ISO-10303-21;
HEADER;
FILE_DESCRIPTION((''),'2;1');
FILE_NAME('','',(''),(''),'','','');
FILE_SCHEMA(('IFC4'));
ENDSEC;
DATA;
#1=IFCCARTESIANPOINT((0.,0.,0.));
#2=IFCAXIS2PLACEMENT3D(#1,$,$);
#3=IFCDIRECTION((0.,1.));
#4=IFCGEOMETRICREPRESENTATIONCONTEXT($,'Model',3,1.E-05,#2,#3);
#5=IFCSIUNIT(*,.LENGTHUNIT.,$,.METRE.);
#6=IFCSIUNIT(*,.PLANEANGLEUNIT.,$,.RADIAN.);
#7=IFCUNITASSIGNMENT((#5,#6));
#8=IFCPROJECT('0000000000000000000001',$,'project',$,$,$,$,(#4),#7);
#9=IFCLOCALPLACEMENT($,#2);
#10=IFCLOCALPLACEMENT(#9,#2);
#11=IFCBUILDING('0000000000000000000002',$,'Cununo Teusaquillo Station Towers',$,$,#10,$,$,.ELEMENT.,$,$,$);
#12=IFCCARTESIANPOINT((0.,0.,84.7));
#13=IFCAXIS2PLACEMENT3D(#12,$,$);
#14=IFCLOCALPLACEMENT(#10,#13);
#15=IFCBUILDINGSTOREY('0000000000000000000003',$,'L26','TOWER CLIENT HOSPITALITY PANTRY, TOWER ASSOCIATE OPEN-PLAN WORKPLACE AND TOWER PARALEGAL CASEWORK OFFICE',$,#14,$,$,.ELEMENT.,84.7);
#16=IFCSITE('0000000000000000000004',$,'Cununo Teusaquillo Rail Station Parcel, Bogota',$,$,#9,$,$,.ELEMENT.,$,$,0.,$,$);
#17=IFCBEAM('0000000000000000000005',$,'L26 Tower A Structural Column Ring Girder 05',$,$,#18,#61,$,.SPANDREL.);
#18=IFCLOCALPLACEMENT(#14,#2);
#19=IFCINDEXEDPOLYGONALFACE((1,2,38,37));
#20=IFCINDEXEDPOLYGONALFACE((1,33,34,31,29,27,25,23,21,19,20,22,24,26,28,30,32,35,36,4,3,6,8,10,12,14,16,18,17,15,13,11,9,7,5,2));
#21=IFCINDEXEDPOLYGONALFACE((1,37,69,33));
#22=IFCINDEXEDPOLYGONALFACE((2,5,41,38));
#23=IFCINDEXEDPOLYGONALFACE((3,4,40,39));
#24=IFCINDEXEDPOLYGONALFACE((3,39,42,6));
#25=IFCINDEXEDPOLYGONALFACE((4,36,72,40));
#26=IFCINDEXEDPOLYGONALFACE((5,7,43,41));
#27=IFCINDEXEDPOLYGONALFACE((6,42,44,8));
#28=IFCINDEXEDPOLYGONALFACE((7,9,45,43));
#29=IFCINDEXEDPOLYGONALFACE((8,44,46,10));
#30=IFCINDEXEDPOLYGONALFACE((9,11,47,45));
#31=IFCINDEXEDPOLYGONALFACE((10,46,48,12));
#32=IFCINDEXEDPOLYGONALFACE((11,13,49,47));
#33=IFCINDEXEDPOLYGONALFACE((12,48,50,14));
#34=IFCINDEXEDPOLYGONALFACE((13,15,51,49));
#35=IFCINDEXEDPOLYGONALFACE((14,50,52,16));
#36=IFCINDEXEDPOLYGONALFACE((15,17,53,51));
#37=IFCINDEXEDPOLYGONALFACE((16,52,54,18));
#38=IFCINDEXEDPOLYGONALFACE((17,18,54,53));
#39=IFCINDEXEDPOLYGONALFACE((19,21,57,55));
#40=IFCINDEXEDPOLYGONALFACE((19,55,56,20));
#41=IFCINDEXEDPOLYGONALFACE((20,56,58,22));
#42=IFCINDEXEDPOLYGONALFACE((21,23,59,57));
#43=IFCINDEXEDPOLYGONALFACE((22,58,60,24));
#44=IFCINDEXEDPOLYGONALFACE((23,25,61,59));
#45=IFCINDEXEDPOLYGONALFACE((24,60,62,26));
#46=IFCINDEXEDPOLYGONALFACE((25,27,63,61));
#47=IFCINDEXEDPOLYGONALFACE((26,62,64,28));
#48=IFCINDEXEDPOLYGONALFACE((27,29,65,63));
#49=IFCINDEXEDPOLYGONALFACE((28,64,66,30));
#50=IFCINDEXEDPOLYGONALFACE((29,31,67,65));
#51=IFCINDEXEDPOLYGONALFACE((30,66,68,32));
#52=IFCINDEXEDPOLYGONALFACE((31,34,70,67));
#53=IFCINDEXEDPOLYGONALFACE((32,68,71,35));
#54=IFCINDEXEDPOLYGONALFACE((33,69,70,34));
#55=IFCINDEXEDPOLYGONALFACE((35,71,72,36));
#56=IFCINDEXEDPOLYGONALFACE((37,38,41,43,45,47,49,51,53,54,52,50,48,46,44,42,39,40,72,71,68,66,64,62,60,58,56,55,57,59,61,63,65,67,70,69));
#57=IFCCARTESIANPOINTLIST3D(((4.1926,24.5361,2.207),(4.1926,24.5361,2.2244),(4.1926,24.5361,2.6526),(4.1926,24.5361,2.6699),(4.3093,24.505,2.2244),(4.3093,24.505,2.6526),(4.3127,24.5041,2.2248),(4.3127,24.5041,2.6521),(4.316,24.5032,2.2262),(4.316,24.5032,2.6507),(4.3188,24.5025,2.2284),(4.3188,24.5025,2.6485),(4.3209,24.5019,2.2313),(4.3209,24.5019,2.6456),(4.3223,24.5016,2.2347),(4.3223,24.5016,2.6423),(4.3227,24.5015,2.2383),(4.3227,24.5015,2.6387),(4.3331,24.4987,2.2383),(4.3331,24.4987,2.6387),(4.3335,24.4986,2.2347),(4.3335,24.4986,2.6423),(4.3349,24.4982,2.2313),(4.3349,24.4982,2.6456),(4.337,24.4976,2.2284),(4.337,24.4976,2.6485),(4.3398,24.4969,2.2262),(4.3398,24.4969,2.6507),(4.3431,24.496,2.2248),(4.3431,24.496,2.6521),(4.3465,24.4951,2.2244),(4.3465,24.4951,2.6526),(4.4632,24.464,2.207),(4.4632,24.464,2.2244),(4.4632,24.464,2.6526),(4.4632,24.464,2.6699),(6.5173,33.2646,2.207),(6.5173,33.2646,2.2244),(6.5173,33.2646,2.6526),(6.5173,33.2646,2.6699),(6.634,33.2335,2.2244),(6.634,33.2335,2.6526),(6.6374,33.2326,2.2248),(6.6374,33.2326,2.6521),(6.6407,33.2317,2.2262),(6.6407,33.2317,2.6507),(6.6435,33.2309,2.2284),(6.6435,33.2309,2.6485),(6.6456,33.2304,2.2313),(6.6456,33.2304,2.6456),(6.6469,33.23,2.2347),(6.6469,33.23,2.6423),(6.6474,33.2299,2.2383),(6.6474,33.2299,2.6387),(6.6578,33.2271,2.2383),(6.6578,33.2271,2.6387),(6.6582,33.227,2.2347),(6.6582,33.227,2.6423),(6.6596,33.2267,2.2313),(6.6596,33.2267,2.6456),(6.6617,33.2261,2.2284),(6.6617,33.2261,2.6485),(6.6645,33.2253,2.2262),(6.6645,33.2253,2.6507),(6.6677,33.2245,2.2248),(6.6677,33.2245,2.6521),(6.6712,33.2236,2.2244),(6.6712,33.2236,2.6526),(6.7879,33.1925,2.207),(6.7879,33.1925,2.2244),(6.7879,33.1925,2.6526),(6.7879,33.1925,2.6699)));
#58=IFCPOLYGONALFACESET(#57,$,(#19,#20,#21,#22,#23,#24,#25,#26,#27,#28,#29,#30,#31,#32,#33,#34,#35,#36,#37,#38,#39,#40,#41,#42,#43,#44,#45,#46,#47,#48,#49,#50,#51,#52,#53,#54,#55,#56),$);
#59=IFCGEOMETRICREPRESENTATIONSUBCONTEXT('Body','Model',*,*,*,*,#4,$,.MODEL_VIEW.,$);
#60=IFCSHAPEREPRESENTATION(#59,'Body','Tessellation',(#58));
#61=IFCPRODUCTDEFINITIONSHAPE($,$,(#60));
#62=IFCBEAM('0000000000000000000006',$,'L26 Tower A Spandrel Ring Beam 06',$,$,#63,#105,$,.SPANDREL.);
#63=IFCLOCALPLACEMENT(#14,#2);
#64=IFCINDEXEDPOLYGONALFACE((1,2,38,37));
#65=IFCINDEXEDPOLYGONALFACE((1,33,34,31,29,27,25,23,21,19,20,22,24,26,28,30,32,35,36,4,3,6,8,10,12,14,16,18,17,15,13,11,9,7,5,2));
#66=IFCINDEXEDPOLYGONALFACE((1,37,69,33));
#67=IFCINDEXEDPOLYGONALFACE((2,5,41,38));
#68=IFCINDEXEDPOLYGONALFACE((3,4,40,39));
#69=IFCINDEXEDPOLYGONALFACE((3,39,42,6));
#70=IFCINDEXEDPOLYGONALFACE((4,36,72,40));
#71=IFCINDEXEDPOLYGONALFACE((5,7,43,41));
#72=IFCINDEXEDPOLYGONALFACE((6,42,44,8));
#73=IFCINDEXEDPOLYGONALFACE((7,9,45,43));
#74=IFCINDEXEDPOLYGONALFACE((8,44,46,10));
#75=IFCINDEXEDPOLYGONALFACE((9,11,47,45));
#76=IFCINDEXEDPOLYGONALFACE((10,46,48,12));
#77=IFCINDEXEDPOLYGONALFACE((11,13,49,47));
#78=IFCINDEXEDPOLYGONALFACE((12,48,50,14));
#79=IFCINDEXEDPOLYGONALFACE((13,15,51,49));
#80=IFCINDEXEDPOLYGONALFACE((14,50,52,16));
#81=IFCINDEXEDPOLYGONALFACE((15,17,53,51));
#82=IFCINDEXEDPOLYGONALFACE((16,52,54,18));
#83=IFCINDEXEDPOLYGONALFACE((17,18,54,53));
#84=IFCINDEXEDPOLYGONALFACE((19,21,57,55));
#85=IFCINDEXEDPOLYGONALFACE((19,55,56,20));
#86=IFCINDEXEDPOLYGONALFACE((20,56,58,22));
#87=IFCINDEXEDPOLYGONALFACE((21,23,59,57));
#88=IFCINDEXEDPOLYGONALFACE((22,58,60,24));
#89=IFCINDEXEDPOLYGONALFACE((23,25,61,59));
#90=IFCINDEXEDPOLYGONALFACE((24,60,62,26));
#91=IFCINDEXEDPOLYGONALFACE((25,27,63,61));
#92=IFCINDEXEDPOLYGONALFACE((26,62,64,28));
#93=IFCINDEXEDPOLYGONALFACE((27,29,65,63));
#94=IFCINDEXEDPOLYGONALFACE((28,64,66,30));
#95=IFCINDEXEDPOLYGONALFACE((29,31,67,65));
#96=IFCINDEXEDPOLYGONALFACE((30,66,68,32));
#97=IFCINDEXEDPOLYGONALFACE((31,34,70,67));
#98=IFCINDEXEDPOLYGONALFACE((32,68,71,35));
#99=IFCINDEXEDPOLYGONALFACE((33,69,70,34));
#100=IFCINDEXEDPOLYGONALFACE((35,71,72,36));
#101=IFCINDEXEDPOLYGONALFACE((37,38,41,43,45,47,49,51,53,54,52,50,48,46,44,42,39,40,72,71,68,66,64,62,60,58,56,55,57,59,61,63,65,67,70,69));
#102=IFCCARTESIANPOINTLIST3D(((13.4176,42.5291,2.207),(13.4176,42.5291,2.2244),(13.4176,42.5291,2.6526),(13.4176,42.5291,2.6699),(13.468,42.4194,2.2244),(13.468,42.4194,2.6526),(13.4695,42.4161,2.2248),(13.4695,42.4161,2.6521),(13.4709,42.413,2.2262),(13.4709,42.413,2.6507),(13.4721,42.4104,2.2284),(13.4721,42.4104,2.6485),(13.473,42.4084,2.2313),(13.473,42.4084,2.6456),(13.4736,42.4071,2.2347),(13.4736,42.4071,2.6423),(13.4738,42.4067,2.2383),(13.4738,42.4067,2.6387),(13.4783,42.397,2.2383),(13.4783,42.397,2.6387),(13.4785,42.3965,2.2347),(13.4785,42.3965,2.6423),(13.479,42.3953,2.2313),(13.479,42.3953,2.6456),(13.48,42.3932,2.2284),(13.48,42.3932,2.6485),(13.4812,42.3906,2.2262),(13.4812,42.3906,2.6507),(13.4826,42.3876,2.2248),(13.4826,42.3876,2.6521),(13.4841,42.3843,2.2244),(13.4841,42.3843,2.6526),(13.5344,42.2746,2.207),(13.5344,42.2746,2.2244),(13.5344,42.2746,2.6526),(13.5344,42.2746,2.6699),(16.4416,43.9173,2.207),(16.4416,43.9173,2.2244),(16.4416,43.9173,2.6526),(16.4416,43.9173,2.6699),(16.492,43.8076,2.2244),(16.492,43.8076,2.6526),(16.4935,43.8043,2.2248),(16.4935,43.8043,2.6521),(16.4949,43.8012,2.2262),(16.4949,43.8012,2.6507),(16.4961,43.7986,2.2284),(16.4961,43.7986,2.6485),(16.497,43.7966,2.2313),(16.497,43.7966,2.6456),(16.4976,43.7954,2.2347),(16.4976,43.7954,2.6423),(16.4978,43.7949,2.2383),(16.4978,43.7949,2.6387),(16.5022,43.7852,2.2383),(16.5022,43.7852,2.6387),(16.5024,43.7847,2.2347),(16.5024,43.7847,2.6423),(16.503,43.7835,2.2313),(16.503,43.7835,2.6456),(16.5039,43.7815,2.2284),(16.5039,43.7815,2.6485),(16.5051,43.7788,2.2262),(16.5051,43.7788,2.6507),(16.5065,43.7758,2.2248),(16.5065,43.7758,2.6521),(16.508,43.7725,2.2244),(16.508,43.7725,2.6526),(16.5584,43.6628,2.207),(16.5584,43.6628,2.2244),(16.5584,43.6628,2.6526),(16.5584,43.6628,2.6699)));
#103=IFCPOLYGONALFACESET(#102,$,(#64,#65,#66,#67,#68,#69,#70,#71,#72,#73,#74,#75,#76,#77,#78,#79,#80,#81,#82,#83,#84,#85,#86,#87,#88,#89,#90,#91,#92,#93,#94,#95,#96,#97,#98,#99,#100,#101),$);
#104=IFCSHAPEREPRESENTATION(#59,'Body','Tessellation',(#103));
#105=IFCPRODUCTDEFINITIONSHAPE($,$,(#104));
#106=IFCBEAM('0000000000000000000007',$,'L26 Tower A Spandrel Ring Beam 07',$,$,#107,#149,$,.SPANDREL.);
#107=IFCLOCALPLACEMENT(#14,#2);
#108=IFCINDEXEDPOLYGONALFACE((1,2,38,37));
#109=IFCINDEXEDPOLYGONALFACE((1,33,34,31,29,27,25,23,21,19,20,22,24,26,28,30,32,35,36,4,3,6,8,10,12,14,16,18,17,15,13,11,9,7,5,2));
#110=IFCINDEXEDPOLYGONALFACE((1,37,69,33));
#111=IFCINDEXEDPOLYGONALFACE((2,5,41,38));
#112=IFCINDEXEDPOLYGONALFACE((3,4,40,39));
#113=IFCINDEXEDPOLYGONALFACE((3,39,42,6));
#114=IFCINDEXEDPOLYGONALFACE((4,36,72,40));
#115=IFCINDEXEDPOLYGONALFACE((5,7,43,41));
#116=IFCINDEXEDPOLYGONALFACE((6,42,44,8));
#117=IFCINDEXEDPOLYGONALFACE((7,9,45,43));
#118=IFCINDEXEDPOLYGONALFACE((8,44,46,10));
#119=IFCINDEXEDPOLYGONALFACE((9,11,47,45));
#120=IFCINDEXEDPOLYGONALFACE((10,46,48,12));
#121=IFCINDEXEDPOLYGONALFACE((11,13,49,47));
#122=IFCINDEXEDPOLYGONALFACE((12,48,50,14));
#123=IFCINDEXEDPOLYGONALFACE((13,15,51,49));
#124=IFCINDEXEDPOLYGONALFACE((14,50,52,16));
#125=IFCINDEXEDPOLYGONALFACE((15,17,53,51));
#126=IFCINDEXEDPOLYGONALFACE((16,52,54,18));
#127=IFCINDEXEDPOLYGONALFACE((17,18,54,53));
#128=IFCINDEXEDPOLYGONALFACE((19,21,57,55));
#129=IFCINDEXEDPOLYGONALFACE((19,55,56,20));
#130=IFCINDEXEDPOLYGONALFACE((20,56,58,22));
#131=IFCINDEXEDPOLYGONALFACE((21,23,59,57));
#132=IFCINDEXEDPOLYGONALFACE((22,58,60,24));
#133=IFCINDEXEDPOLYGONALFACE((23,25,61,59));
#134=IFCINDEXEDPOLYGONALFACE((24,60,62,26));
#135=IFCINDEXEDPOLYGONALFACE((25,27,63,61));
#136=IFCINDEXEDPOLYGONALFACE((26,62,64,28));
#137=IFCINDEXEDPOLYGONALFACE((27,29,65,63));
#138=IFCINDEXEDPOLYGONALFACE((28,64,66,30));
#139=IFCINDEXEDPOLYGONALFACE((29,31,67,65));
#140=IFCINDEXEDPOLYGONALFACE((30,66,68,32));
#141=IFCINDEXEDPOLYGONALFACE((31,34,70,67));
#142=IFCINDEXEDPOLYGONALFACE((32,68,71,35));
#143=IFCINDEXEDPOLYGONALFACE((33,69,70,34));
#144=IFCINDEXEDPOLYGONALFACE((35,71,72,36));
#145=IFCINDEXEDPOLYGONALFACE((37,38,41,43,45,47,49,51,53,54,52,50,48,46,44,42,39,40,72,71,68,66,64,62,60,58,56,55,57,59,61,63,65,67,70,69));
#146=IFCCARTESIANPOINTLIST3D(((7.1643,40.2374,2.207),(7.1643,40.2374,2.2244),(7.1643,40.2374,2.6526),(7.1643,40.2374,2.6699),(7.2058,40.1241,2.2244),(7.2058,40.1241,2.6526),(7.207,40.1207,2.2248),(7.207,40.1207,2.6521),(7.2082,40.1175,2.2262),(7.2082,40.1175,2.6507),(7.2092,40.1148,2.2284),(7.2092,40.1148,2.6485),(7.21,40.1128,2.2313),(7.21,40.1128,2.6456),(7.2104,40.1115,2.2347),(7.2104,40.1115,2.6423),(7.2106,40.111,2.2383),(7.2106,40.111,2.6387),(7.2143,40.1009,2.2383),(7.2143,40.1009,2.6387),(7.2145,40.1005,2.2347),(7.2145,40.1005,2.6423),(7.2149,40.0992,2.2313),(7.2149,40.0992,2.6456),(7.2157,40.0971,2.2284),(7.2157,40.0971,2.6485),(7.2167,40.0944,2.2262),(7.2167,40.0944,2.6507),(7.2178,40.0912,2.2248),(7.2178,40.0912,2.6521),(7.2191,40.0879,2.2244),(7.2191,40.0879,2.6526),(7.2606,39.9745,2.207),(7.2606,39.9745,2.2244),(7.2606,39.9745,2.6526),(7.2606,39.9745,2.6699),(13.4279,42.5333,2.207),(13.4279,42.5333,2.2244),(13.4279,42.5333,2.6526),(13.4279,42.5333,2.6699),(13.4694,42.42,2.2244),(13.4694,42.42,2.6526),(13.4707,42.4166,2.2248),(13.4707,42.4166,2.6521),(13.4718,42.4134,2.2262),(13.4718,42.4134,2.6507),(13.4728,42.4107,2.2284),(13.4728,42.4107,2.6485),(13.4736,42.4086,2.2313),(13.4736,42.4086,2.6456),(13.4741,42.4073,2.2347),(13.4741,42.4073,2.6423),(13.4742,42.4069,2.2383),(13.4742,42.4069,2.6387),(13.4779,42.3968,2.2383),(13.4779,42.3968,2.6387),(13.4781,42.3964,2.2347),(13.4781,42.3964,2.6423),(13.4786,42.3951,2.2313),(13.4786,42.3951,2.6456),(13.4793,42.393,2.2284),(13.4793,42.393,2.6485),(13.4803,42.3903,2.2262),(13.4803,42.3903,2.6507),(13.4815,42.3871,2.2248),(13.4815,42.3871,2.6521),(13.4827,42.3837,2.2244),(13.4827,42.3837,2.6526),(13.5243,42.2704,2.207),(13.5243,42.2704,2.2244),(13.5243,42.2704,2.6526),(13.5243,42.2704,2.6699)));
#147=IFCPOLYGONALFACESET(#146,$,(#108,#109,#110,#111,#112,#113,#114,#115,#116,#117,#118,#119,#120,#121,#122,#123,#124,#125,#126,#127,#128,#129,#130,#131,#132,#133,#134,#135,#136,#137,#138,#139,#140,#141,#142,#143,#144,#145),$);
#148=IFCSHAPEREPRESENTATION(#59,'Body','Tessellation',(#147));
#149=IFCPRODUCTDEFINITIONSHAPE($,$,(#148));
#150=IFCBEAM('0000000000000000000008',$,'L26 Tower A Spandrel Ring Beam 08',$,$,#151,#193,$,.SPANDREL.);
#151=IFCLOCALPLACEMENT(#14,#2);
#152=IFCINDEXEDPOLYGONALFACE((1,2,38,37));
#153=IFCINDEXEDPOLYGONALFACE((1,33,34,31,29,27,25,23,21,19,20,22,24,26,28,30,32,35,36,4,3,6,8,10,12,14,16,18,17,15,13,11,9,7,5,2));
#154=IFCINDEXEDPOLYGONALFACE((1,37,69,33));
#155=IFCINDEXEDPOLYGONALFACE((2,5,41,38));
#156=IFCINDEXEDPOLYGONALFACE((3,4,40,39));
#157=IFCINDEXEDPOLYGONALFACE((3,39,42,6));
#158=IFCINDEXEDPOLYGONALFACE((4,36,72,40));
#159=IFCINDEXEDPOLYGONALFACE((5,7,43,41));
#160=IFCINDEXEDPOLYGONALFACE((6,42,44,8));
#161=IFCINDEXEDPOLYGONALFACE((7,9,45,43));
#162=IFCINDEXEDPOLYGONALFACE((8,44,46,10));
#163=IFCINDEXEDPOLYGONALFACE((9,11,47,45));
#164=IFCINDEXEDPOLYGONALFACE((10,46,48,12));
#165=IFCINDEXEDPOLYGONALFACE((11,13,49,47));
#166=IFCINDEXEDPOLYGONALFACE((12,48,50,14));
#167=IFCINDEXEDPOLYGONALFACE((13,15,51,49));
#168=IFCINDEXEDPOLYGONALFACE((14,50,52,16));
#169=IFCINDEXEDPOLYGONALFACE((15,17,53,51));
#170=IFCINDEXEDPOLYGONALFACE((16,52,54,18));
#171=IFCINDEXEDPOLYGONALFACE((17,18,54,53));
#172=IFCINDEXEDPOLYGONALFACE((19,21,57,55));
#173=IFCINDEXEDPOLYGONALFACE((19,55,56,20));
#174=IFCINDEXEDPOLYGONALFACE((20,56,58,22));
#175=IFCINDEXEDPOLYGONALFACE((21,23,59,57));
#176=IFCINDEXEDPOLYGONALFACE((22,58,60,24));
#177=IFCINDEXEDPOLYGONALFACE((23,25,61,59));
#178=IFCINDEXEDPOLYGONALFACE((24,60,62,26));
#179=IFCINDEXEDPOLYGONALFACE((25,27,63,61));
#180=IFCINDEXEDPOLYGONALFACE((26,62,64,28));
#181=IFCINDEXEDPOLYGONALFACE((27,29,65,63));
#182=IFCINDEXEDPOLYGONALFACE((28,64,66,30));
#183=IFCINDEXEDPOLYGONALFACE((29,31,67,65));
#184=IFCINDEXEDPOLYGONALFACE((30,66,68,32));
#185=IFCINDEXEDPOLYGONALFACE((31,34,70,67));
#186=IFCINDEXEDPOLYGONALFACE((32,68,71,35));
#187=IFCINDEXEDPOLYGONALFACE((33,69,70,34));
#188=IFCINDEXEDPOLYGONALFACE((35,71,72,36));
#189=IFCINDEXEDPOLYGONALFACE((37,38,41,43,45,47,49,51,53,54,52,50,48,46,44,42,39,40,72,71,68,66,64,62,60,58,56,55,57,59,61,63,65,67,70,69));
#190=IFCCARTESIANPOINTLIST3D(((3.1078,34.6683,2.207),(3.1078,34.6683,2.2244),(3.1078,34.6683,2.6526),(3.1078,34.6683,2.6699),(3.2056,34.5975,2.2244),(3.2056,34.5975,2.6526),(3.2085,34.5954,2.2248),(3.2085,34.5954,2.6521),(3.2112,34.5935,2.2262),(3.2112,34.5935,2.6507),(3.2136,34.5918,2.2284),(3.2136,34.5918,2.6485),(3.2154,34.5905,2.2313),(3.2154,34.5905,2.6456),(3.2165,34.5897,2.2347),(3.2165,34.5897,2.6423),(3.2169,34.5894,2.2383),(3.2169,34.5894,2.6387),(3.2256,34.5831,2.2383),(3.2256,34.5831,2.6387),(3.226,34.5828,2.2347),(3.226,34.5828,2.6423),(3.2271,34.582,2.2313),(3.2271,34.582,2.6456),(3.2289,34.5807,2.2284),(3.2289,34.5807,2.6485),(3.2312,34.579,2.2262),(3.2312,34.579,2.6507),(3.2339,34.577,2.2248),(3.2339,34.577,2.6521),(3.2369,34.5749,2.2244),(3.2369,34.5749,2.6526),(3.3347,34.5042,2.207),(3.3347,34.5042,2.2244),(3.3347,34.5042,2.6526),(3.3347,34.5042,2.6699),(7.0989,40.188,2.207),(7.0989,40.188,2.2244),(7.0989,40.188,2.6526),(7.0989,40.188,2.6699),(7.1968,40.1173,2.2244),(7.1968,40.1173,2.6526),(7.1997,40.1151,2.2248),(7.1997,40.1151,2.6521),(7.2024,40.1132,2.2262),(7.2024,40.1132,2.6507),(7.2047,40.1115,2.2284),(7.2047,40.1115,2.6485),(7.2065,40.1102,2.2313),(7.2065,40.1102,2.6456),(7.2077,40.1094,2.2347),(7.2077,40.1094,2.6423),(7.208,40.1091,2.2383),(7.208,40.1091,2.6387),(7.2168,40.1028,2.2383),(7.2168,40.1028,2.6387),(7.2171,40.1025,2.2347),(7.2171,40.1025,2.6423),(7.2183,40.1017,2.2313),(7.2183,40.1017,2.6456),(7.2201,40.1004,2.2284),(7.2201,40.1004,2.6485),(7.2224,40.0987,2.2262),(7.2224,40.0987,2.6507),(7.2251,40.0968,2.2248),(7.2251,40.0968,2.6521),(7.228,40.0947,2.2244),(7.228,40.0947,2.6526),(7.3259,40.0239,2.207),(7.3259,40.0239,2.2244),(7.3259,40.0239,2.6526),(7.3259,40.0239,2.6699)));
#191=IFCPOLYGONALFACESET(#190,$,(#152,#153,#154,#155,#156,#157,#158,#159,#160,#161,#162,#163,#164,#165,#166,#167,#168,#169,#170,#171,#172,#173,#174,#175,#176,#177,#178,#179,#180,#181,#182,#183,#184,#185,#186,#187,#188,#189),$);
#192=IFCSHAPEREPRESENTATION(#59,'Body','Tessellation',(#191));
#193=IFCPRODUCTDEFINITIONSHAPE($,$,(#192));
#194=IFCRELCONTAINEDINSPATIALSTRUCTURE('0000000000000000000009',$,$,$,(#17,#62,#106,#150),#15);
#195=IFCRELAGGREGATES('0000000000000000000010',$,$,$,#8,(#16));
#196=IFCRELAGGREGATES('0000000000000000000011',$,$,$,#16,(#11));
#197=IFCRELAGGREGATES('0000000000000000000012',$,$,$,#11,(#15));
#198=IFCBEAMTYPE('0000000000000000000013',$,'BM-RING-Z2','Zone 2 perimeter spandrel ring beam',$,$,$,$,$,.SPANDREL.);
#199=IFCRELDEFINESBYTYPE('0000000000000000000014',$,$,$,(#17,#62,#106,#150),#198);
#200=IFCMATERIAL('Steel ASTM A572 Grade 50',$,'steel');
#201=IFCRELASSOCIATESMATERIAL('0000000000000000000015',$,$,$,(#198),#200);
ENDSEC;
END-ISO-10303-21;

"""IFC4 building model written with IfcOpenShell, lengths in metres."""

from ifc_helpers import new_model, si_unit, direction, frame, origin, origin_2d, place, context, subcontext, project, spatial, i_section, extrude, material, material_profile, profile_set, type_object, element, save


model = new_model("IFC4")

# Units and contexts
model_context = context("Model", 3, precision=1e-05, world=origin(), true_north=direction((0.0, 1.0)))
body_context = subcontext(model_context, "Body", "Model", "MODEL_VIEW")
ifc_project = project(units=[si_unit("LENGTHUNIT", "METRE"), si_unit("PLANEANGLEUNIT", "RADIAN")], contexts=[model_context])

# Site, building, storey
site_placement = place(None, origin())
site = spatial("IfcSite", under=ifc_project, at=site_placement, Name="Cununo Teusaquillo Rail Station Parcel, Bogota", CompositionType="ELEMENT", RefElevation=0.0)
building_placement = place(site_placement, origin())
building = spatial("IfcBuilding", under=site, at=building_placement, Name="Cununo Teusaquillo Station Towers", CompositionType="ELEMENT")
storey_placement = place(building_placement, frame((0.0, 0.0, 84.7)))
storey = spatial("IfcBuildingStorey", under=building, at=storey_placement, Name="L26", Description="TOWER CLIENT HOSPITALITY PANTRY, TOWER ASSOCIATE OPEN-PLAN WORKPLACE AND TOWER PARALEGAL CASEWORK OFFICE", CompositionType="ELEMENT", Elevation=84.7)

# Beams
ifc_material_1 = material(Name="Steel ASTM A572 Grade 50", Category="steel")
ifc_material_profile_1 = material_profile(ifc_material_1, i_section(OverallWidth=0.28, OverallDepth=0.4629, WebThickness=0.0107, FlangeThickness=0.0173, FilletRadius=0.0139, at=origin_2d()), Name="W18X76")
ifc_profile_set_1 = profile_set([ifc_material_profile_1], Name="Steel ASTM A572 Grade 50")
beam_type_1 = type_object("IfcBeamType", Name="BM-RING-Z2", Description="Zone 2 perimeter spandrel ring beam", PredefinedType="SPANDREL", material=ifc_profile_set_1)
beam_1_placement = place(storey_placement, frame((6.6526, 33.2285, 2.4385), z_axis=(-0.257363, -0.966315, 0.0), x_axis=(0.966315, -0.257363, 0.0)))
element("IfcBeam", 1, at=beam_1_placement, inside=storey, type_object=beam_type_1, Name="L26 Tower A Structural Column Ring Girder 05", PredefinedType="SPANDREL", context=body_context, shape_type="SweptSolid", body=[
    extrude(i_section(OverallWidth=0.28, OverallDepth=0.4629, WebThickness=0.0107, FlangeThickness=0.0173, FilletRadius=0.0139, at=origin_2d()), origin(), (0.0, 0.0, 1.0), 9.0327),
])
beam_2_placement = place(storey_placement, frame((16.5, 43.79, 2.4385), z_axis=(-0.908812, -0.417205, 0.0), x_axis=(0.417205, -0.908812, 0.0)))
element("IfcBeam", 2, at=beam_2_placement, inside=storey, type_object=beam_type_1, Name="L26 Tower A Spandrel Ring Beam 06", PredefinedType="SPANDREL", context=body_context, shape_type="SweptSolid", body=[
    extrude(i_section(OverallWidth=0.28, OverallDepth=0.4629, WebThickness=0.0107, FlangeThickness=0.0173, FilletRadius=0.0139, at=origin_2d()), origin(), (0.0, 0.0, 1.0), 3.3274),
])
beam_3_placement = place(storey_placement, frame((13.4761, 42.4019, 2.4385), z_axis=(-0.938914, -0.344151, 0.0), x_axis=(0.344151, -0.938914, 0.0)))
element("IfcBeam", 3, at=beam_3_placement, inside=storey, type_object=beam_type_1, Name="L26 Tower A Spandrel Ring Beam 07", PredefinedType="SPANDREL", context=body_context, shape_type="SweptSolid", body=[
    extrude(i_section(OverallWidth=0.28, OverallDepth=0.4629, WebThickness=0.0107, FlangeThickness=0.0173, FilletRadius=0.0139, at=origin_2d()), origin(), (0.0, 0.0, 1.0), 6.6711),
])
beam_4_placement = place(storey_placement, frame((7.2124, 40.106, 2.4385), z_axis=(-0.585945, -0.810351, 0.0), x_axis=(0.810351, -0.585945, 0.0)))
element("IfcBeam", 4, at=beam_4_placement, inside=storey, type_object=beam_type_1, Name="L26 Tower A Spandrel Ring Beam 08", PredefinedType="SPANDREL", context=body_context, shape_type="SweptSolid", body=[
    extrude(i_section(OverallWidth=0.28, OverallDepth=0.4629, WebThickness=0.0107, FlangeThickness=0.0173, FilletRadius=0.0139, at=origin_2d()), origin(), (0.0, 0.0, 1.0), 6.8115),
])

save(model, "model.ifc")
